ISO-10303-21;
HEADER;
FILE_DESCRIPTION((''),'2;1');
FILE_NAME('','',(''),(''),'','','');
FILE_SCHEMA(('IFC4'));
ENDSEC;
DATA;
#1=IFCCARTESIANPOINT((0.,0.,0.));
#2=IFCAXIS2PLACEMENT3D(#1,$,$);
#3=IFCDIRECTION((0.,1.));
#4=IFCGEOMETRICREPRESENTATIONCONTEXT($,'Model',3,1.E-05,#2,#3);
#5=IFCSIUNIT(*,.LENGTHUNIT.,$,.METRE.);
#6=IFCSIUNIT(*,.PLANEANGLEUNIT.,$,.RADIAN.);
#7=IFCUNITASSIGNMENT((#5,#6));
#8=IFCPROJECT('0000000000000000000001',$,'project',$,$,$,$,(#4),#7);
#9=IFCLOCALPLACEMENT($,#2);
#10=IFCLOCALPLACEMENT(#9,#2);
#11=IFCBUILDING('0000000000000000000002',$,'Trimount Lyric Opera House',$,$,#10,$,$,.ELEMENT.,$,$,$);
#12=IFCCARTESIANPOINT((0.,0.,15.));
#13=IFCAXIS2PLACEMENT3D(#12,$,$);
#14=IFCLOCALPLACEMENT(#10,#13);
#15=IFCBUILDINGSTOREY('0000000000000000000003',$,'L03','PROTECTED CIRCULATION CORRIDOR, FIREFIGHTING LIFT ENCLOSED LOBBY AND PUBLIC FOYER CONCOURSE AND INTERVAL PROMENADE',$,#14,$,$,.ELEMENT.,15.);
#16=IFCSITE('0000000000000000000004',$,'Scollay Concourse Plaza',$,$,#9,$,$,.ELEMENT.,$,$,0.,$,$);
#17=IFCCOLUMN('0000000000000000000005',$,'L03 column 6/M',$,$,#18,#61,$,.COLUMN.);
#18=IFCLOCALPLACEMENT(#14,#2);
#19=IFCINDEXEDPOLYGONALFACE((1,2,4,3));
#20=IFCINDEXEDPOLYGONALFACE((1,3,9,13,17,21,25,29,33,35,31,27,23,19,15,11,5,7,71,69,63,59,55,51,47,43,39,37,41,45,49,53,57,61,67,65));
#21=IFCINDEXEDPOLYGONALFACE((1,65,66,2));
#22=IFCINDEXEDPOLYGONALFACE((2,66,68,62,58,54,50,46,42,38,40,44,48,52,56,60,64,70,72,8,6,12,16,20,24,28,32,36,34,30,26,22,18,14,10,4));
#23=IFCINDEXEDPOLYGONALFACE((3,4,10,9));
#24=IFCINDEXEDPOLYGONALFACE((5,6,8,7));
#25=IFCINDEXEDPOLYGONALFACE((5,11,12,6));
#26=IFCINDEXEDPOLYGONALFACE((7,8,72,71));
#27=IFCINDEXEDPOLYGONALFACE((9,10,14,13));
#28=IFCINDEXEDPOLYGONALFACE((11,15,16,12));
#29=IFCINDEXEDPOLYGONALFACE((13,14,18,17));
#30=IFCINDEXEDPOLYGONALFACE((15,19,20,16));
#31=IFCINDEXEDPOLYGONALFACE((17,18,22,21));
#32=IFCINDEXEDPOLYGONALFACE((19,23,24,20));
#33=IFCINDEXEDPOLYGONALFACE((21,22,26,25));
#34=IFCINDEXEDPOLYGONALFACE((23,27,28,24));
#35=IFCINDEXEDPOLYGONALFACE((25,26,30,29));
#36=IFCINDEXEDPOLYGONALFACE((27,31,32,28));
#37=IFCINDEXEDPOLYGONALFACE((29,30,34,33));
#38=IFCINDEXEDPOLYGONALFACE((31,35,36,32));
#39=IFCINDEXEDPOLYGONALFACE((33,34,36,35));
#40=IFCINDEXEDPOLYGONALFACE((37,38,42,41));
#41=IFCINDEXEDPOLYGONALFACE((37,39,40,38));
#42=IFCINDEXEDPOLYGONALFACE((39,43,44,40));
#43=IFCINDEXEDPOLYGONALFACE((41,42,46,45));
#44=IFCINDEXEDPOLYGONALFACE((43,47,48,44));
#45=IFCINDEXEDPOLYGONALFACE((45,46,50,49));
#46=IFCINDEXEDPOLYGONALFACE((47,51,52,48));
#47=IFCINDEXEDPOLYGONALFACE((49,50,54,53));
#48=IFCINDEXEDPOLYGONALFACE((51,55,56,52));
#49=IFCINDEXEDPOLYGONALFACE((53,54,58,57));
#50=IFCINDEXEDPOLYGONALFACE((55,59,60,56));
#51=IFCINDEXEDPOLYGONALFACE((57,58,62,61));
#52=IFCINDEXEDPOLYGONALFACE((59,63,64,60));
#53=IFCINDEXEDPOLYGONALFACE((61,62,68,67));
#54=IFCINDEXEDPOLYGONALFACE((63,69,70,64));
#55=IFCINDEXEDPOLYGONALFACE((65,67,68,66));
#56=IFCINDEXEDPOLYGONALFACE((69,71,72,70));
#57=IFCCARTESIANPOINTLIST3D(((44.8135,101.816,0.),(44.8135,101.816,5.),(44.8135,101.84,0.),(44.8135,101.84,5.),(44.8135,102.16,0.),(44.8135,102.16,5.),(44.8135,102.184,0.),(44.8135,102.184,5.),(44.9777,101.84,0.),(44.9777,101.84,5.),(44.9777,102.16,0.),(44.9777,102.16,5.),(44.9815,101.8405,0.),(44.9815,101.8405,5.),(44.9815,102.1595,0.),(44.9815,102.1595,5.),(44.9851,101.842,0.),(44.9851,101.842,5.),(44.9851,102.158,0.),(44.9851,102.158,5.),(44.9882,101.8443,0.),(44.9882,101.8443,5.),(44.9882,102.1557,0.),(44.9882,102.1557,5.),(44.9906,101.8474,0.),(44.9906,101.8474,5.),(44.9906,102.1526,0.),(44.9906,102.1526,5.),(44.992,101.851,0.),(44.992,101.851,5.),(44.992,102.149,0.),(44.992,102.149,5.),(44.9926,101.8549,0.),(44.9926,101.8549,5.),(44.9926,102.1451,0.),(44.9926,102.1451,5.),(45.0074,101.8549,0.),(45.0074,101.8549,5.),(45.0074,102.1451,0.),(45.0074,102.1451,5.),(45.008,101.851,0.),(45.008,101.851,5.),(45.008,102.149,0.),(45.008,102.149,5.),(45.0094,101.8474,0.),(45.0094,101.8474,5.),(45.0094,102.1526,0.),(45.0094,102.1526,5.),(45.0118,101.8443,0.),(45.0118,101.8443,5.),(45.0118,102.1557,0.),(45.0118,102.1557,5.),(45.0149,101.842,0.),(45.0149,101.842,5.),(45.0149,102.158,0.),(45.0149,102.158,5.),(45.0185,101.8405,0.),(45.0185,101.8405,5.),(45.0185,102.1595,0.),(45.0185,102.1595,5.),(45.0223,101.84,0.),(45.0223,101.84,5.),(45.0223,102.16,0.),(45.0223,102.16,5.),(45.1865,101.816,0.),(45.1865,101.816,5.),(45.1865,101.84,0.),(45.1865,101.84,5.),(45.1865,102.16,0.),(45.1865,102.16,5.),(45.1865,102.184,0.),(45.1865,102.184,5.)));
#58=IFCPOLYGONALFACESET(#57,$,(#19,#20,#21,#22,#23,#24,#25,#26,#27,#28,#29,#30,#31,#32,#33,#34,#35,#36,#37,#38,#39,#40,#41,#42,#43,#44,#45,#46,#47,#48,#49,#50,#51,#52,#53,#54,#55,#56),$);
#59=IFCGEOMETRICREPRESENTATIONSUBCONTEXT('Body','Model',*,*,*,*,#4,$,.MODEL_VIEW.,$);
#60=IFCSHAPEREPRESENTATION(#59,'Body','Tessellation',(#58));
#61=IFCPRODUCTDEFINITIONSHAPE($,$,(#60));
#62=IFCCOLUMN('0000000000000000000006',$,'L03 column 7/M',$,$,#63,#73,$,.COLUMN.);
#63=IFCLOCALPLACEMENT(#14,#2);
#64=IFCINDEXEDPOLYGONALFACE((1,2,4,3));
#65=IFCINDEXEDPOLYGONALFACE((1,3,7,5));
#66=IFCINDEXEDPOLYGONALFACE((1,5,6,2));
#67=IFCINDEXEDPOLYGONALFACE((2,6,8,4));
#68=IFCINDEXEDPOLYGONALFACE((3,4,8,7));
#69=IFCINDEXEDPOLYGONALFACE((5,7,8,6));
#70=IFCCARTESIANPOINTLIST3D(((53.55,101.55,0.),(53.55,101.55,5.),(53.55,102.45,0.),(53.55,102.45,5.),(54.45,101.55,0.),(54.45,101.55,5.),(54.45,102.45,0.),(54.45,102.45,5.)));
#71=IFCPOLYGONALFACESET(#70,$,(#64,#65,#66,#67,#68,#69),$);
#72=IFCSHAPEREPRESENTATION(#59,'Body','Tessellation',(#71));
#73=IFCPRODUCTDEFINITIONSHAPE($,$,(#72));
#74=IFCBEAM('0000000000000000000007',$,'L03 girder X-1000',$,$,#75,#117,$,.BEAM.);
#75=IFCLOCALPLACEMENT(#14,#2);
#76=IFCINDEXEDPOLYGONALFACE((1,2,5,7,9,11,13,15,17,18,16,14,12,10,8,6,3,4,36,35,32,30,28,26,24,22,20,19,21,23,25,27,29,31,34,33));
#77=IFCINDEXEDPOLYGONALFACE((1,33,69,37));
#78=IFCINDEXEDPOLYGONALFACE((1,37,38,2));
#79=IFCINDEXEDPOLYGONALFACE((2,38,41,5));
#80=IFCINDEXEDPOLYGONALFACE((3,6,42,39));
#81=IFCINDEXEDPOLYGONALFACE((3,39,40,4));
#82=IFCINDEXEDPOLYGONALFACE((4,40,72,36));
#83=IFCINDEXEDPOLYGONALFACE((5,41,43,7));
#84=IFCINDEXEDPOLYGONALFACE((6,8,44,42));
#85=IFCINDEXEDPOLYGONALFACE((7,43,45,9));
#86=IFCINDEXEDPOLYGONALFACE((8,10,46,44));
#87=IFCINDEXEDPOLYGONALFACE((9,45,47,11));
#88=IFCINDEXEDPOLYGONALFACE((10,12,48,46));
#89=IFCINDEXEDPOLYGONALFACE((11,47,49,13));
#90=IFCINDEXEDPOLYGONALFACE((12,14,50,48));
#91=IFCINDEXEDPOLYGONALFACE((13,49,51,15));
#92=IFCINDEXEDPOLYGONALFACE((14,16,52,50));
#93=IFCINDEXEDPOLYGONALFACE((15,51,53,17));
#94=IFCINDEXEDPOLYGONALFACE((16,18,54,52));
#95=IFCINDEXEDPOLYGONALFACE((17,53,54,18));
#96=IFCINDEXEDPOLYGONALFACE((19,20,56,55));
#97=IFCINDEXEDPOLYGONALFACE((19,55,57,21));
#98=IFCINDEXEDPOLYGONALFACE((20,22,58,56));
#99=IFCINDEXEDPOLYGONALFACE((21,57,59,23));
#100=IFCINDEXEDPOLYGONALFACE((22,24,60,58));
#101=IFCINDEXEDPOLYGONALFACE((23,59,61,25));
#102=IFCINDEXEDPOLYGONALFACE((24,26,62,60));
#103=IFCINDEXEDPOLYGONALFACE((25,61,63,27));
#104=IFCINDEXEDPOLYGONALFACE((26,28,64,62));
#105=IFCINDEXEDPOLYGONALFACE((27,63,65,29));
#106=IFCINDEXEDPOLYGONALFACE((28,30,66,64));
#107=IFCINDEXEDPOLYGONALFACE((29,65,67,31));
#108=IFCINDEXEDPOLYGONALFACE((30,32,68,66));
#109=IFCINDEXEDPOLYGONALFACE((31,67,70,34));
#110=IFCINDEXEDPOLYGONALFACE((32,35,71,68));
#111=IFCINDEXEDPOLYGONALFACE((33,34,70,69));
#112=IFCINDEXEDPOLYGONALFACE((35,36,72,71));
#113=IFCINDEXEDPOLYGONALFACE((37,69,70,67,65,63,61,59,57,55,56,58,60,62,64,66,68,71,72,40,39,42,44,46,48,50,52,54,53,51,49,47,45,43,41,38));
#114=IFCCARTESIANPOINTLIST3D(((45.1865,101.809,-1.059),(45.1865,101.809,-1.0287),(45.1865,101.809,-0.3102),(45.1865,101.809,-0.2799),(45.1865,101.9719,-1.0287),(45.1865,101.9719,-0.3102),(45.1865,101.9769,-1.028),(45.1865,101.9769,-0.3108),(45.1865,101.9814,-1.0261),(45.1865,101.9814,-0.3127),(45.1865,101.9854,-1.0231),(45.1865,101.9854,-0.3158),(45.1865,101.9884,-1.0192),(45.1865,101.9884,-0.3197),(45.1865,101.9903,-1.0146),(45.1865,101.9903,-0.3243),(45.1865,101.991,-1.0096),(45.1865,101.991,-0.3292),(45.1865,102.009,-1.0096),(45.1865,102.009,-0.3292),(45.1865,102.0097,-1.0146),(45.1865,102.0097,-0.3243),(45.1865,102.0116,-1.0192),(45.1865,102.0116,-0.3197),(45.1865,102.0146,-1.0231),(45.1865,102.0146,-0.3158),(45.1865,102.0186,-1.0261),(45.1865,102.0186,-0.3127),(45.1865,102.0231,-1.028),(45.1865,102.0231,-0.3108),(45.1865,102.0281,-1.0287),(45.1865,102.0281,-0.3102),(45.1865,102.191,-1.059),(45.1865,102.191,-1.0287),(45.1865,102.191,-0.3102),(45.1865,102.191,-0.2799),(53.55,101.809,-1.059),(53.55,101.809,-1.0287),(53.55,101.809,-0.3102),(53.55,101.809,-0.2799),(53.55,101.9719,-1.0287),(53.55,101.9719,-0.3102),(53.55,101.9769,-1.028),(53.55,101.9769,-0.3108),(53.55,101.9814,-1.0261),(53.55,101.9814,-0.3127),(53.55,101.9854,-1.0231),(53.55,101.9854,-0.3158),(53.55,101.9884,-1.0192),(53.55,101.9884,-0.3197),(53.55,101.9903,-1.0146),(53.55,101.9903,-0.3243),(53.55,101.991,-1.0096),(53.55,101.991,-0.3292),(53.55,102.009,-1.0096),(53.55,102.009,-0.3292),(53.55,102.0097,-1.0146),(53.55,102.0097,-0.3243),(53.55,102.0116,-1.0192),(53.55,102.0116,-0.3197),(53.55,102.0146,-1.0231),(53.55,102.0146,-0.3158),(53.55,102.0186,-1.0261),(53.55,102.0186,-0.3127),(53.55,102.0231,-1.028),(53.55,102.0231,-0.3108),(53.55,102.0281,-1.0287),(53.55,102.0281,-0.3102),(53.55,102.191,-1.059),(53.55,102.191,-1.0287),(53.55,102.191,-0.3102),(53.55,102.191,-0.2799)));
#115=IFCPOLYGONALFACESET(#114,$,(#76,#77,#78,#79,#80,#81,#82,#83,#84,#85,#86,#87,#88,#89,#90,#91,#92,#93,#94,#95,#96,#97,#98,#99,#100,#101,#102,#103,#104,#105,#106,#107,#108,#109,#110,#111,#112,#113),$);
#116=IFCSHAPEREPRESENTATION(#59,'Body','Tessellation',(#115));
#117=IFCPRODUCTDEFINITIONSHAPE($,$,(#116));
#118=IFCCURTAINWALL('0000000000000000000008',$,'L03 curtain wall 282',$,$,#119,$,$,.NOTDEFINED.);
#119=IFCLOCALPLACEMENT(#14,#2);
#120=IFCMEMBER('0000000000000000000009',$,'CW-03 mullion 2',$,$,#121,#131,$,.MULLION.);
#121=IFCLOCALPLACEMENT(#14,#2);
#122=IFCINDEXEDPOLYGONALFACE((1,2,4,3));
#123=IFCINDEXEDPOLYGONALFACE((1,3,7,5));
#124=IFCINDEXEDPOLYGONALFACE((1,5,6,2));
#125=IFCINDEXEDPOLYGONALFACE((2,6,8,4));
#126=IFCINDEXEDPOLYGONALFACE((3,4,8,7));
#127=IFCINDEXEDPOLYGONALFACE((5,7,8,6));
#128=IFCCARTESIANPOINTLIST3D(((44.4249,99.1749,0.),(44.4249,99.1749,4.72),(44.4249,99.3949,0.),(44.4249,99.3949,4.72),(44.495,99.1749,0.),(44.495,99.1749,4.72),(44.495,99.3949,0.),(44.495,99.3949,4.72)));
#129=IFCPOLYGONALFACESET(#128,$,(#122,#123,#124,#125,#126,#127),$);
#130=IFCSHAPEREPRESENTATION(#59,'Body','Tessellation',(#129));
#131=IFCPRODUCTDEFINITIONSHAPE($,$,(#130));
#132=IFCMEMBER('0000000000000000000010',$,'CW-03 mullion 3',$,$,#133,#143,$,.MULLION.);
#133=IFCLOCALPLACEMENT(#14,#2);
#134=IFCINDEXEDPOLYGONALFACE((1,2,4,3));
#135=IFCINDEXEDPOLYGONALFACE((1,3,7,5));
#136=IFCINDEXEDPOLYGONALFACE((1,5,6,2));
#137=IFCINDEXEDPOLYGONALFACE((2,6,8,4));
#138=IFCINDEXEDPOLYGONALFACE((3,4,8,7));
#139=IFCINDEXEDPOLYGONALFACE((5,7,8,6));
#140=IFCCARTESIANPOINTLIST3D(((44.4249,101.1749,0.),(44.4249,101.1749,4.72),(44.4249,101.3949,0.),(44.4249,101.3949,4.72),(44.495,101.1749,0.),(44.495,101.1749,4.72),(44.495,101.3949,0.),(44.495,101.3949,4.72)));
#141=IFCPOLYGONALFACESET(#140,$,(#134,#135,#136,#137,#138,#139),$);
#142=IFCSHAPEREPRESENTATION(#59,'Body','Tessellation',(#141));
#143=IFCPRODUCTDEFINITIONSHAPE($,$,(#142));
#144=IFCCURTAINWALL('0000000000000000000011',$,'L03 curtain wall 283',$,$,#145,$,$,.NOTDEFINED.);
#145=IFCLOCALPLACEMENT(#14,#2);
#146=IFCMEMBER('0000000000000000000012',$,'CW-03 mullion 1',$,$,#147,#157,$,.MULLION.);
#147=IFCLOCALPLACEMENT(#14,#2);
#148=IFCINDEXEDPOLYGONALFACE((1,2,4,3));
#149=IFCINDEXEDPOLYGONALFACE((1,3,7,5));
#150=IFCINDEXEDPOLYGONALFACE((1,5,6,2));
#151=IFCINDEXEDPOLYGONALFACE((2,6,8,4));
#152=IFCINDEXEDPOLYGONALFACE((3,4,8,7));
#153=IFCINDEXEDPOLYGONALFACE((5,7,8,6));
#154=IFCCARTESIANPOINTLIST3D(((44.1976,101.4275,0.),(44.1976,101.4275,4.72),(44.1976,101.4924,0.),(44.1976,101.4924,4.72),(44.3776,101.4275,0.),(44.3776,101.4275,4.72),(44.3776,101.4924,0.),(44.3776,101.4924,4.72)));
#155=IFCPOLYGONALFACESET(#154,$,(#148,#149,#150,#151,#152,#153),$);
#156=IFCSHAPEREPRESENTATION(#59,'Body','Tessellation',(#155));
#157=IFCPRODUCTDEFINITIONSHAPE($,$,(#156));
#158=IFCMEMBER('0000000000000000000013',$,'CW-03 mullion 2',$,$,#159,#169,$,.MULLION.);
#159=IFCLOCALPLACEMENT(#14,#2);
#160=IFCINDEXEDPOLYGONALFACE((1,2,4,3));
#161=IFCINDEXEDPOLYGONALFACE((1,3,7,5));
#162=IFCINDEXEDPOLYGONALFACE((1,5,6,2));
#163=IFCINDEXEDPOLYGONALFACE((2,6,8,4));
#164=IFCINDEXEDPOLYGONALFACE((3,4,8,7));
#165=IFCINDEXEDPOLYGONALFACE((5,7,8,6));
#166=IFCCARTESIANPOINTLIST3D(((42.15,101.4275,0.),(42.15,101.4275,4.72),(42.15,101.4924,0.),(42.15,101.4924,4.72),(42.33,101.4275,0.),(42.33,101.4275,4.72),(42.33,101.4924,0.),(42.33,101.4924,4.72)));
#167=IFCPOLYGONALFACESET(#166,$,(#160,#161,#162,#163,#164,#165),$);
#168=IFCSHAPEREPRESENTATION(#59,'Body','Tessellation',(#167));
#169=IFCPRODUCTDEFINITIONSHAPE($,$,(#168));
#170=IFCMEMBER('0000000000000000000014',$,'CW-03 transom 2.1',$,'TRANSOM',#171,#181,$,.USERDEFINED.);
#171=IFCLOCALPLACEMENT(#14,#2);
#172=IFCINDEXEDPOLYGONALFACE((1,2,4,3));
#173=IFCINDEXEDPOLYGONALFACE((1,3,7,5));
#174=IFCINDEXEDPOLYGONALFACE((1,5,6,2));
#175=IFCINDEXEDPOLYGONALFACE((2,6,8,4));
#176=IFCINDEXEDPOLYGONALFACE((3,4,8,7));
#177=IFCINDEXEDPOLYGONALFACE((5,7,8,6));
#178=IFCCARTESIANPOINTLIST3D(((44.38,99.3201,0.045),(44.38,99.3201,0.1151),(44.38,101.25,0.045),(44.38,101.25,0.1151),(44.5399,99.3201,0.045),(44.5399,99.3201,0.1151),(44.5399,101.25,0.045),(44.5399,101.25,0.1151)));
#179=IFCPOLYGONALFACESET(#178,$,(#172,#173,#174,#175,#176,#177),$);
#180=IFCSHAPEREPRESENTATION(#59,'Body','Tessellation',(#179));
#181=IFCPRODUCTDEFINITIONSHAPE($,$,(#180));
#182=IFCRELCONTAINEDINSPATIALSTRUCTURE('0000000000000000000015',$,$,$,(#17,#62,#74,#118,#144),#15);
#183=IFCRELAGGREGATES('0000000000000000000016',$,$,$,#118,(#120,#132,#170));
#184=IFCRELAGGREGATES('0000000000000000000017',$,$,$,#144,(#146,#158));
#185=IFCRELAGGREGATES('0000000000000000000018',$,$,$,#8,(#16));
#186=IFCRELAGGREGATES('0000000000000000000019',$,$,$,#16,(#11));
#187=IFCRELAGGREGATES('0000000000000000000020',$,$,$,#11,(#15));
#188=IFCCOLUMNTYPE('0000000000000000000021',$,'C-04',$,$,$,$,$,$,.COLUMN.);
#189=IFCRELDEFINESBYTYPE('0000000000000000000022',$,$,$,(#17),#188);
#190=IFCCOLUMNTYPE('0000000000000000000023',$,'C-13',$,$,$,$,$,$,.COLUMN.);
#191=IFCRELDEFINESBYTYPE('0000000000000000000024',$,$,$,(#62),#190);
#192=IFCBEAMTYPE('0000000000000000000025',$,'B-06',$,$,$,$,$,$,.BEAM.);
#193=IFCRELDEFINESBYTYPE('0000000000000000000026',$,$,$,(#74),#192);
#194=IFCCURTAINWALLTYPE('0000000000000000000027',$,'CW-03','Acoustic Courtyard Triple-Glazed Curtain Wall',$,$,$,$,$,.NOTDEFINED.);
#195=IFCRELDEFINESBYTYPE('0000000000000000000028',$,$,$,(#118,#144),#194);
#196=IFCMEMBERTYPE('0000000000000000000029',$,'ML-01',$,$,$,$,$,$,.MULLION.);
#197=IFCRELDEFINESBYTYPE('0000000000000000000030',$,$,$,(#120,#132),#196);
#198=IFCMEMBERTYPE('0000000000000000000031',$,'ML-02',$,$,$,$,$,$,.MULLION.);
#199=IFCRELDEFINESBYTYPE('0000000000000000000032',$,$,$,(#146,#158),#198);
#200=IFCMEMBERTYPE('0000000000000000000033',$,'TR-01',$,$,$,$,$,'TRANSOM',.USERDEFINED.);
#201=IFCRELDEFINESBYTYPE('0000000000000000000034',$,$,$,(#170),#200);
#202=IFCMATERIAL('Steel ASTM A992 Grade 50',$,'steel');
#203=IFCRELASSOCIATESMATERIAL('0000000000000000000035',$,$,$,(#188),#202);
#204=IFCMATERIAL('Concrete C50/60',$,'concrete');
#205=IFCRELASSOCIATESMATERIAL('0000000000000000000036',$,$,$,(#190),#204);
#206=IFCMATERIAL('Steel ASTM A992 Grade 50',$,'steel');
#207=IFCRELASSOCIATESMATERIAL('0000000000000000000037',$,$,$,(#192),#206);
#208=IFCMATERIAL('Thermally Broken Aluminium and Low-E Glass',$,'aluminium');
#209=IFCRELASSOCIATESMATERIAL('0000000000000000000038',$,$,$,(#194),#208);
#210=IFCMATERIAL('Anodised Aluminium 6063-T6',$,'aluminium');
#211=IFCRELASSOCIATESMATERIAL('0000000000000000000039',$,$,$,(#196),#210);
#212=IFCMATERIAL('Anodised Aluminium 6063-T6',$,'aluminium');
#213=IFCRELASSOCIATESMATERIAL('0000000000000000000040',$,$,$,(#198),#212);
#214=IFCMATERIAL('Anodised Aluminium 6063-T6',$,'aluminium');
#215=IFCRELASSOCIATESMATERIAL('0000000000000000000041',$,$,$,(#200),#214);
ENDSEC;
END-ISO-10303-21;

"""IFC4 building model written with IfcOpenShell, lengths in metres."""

from ifc_helpers import new_model, si_unit, direction, frame, origin, origin_2d, place, context, subcontext, project, spatial, rectangle, i_section, extrude, material, material_profile, profile_set, type_object, element, aggregate, save


model = new_model("IFC4")

# Units and contexts
model_context = context("Model", 3, precision=1e-05, world=origin(), true_north=direction((0.0, 1.0)))
body_context = subcontext(model_context, "Body", "Model", "MODEL_VIEW")
ifc_project = project(units=[si_unit("LENGTHUNIT", "METRE"), si_unit("PLANEANGLEUNIT", "RADIAN")], contexts=[model_context])

# Site, building, storey
site_placement = place(None, origin())
site = spatial("IfcSite", under=ifc_project, at=site_placement, Name="Scollay Concourse Plaza", CompositionType="ELEMENT", RefElevation=0.0)
building_placement = place(site_placement, origin())
building = spatial("IfcBuilding", under=site, at=building_placement, Name="Trimount Lyric Opera House", CompositionType="ELEMENT")
storey_placement = place(building_placement, frame((0.0, 0.0, 15.0)))
storey = spatial("IfcBuildingStorey", under=building, at=storey_placement, Name="L03", Description="PROTECTED CIRCULATION CORRIDOR, FIREFIGHTING LIFT ENCLOSED LOBBY AND PUBLIC FOYER CONCOURSE AND INTERVAL PROMENADE", CompositionType="ELEMENT", Elevation=15.0)

# Columns
ifc_material_1 = material(Name="Steel ASTM A992 Grade 50", Category="steel")
ifc_material_profile_1 = material_profile(ifc_material_1, i_section(OverallWidth=0.373, OverallDepth=0.3679, WebThickness=0.0149, FlangeThickness=0.0239, FilletRadius=0.0149, at=origin_2d()), Name="W14X120")
ifc_profile_set_1 = profile_set([ifc_material_profile_1], Name="Steel ASTM A992 Grade 50")
column_type_1 = type_object("IfcColumnType", Name="C-04", PredefinedType="COLUMN", material=ifc_profile_set_1)
column_1_placement = place(storey_placement, frame((45.0, 102.0, 0.0), z_axis=(0.0, 0.0, 1.0), x_axis=(1.0, 0.0, 0.0)))
element("IfcColumn", 1, at=column_1_placement, inside=storey, type_object=column_type_1, Name="L03 column 6/M", PredefinedType="COLUMN", context=body_context, shape_type="SweptSolid", body=[
    extrude(i_section(OverallWidth=0.373, OverallDepth=0.3679, WebThickness=0.0149, FlangeThickness=0.0239, FilletRadius=0.0149, at=origin_2d()), origin(), (0.0, 0.0, 1.0), 5.0),
])
ifc_material_2 = material(Name="Concrete C50/60", Category="concrete")
ifc_material_profile_2 = material_profile(ifc_material_2, rectangle(XDim=0.8999, YDim=0.8999, at=origin_2d()), Name="RC900X900")
ifc_profile_set_2 = profile_set([ifc_material_profile_2], Name="Concrete C50/60")
column_type_2 = type_object("IfcColumnType", Name="C-13", PredefinedType="COLUMN", material=ifc_profile_set_2)
column_2_placement = place(storey_placement, frame((54.0, 102.0, 0.0), z_axis=(0.0, 0.0, 1.0), x_axis=(1.0, 0.0, 0.0)))
element("IfcColumn", 2, at=column_2_placement, inside=storey, type_object=column_type_2, Name="L03 column 7/M", PredefinedType="COLUMN", context=body_context, shape_type="SweptSolid", body=[
    extrude(rectangle(XDim=0.8999, YDim=0.8999, at=origin_2d()), origin(), (0.0, 0.0, 1.0), 5.0),
])

# Beam
ifc_material_3 = material(Name="Steel ASTM A992 Grade 50", Category="steel")
ifc_material_profile_3 = material_profile(ifc_material_3, i_section(OverallWidth=0.3821, OverallDepth=0.7791, WebThickness=0.0181, FlangeThickness=0.0303, FilletRadius=0.019, at=origin_2d()), Name="W30X191")
ifc_profile_set_3 = profile_set([ifc_material_profile_3], Name="Steel ASTM A992 Grade 50")
beam_type = type_object("IfcBeamType", Name="B-06", PredefinedType="BEAM", material=ifc_profile_set_3)
beam_placement = place(storey_placement, frame((45.1865, 102.0, -0.6694), z_axis=(1.0, 0.0, 0.0), x_axis=(0.0, 1.0, 0.0)))
element("IfcBeam", 3, at=beam_placement, inside=storey, type_object=beam_type, Name="L03 girder X-1000", PredefinedType="BEAM", context=body_context, shape_type="SweptSolid", body=[
    extrude(i_section(OverallWidth=0.3821, OverallDepth=0.7791, WebThickness=0.0181, FlangeThickness=0.0303, FilletRadius=0.019, at=origin_2d()), origin(), (0.0, 0.0, 1.0), 8.3635),
])

# Curtain walls, members
ifc_material_4 = material(Name="Thermally Broken Aluminium and Low-E Glass", Category="aluminium")
curtain_wall_type = type_object("IfcCurtainWallType", Name="CW-03", Description="Acoustic Courtyard Triple-Glazed Curtain Wall", PredefinedType="NOTDEFINED", material=ifc_material_4)
curtain_wall_1_placement = place(storey_placement, origin())
curtain_wall_1 = element("IfcCurtainWall", 4, at=curtain_wall_1_placement, inside=storey, type_object=curtain_wall_type, Name="L03 curtain wall 282", PredefinedType="NOTDEFINED")
ifc_material_5 = material(Name="Anodised Aluminium 6063-T6", Category="aluminium")
ifc_material_profile_4 = material_profile(ifc_material_5, rectangle(XDim=0.0701, YDim=0.22, at=origin_2d()), Name="ALU-MULL-70X220")
ifc_profile_set_4 = profile_set([ifc_material_profile_4], Name="Anodised Aluminium 6063-T6")
member_type_1 = type_object("IfcMemberType", Name="ML-01", PredefinedType="MULLION", material=ifc_profile_set_4)
member_1_placement = place(storey_placement, frame((44.46, 99.2849, 0.0), z_axis=(0.0, 0.0, 1.0), x_axis=(-1.0, 0.0, 0.0)))
member_1 = element("IfcMember", 5, at=member_1_placement, type_object=member_type_1, Name="CW-03 mullion 2", PredefinedType="MULLION", context=body_context, shape_type="SweptSolid", body=[
    extrude(rectangle(XDim=0.0701, YDim=0.22, at=origin_2d()), origin(), (0.0, 0.0, 1.0), 4.72),
])
member_2_placement = place(storey_placement, frame((44.46, 101.2849, 0.0), z_axis=(0.0, 0.0, 1.0), x_axis=(-1.0, 0.0, 0.0)))
member_2 = element("IfcMember", 6, at=member_2_placement, type_object=member_type_1, Name="CW-03 mullion 3", PredefinedType="MULLION", context=body_context, shape_type="SweptSolid", body=[
    extrude(rectangle(XDim=0.0701, YDim=0.22, at=origin_2d()), origin(), (0.0, 0.0, 1.0), 4.72),
])
curtain_wall_2_placement = place(storey_placement, origin())
curtain_wall_2 = element("IfcCurtainWall", 7, at=curtain_wall_2_placement, inside=storey, type_object=curtain_wall_type, Name="L03 curtain wall 283", PredefinedType="NOTDEFINED")
ifc_material_6 = material(Name="Anodised Aluminium 6063-T6", Category="aluminium")
ifc_material_profile_5 = material_profile(ifc_material_6, rectangle(XDim=0.0649, YDim=0.1799, at=origin_2d()), Name="ALU-MULL-65X180")
ifc_profile_set_5 = profile_set([ifc_material_profile_5], Name="Anodised Aluminium 6063-T6")
member_type_2 = type_object("IfcMemberType", Name="ML-02", PredefinedType="MULLION", material=ifc_profile_set_5)
member_3_placement = place(storey_placement, frame((44.2876, 101.46, 0.0), z_axis=(0.0, 0.0, 1.0), x_axis=(0.0, -1.0, 0.0)))
member_3 = element("IfcMember", 8, at=member_3_placement, type_object=member_type_2, Name="CW-03 mullion 1", PredefinedType="MULLION", context=body_context, shape_type="SweptSolid", body=[
    extrude(rectangle(XDim=0.0649, YDim=0.1799, at=origin_2d()), origin(), (0.0, 0.0, 1.0), 4.72),
])
member_4_placement = place(storey_placement, frame((42.24, 101.46, 0.0), z_axis=(0.0, 0.0, 1.0), x_axis=(0.0, -1.0, 0.0)))
member_4 = element("IfcMember", 9, at=member_4_placement, type_object=member_type_2, Name="CW-03 mullion 2", PredefinedType="MULLION", context=body_context, shape_type="SweptSolid", body=[
    extrude(rectangle(XDim=0.0649, YDim=0.1799, at=origin_2d()), origin(), (0.0, 0.0, 1.0), 4.72),
])

# Member
ifc_material_7 = material(Name="Anodised Aluminium 6063-T6", Category="aluminium")
ifc_material_profile_6 = material_profile(ifc_material_7, rectangle(XDim=0.1599, YDim=0.0701, at=origin_2d()), Name="ALU-TRAN-70X160")
ifc_profile_set_6 = profile_set([ifc_material_profile_6], Name="Anodised Aluminium 6063-T6")
member_type_3 = type_object("IfcMemberType", Name="TR-01", ElementType="TRANSOM", PredefinedType="USERDEFINED", material=ifc_profile_set_6)
member_5_placement = place(storey_placement, frame((44.46, 99.3201, 0.0801), z_axis=(0.0, 1.0, 0.0), x_axis=(-1.0, 0.0, 0.0)))
member_5 = element("IfcMember", 10, at=member_5_placement, type_object=member_type_3, Name="CW-03 transom 2.1", ObjectType="TRANSOM", PredefinedType="USERDEFINED", context=body_context, shape_type="SweptSolid", body=[
    extrude(rectangle(XDim=0.1599, YDim=0.0701, at=origin_2d()), origin(), (0.0, 0.0, 1.0), 1.9299),
])

aggregate(curtain_wall_1, [member_1, member_2, member_5])
aggregate(curtain_wall_2, [member_3, member_4])

save(model, "model.ifc")
